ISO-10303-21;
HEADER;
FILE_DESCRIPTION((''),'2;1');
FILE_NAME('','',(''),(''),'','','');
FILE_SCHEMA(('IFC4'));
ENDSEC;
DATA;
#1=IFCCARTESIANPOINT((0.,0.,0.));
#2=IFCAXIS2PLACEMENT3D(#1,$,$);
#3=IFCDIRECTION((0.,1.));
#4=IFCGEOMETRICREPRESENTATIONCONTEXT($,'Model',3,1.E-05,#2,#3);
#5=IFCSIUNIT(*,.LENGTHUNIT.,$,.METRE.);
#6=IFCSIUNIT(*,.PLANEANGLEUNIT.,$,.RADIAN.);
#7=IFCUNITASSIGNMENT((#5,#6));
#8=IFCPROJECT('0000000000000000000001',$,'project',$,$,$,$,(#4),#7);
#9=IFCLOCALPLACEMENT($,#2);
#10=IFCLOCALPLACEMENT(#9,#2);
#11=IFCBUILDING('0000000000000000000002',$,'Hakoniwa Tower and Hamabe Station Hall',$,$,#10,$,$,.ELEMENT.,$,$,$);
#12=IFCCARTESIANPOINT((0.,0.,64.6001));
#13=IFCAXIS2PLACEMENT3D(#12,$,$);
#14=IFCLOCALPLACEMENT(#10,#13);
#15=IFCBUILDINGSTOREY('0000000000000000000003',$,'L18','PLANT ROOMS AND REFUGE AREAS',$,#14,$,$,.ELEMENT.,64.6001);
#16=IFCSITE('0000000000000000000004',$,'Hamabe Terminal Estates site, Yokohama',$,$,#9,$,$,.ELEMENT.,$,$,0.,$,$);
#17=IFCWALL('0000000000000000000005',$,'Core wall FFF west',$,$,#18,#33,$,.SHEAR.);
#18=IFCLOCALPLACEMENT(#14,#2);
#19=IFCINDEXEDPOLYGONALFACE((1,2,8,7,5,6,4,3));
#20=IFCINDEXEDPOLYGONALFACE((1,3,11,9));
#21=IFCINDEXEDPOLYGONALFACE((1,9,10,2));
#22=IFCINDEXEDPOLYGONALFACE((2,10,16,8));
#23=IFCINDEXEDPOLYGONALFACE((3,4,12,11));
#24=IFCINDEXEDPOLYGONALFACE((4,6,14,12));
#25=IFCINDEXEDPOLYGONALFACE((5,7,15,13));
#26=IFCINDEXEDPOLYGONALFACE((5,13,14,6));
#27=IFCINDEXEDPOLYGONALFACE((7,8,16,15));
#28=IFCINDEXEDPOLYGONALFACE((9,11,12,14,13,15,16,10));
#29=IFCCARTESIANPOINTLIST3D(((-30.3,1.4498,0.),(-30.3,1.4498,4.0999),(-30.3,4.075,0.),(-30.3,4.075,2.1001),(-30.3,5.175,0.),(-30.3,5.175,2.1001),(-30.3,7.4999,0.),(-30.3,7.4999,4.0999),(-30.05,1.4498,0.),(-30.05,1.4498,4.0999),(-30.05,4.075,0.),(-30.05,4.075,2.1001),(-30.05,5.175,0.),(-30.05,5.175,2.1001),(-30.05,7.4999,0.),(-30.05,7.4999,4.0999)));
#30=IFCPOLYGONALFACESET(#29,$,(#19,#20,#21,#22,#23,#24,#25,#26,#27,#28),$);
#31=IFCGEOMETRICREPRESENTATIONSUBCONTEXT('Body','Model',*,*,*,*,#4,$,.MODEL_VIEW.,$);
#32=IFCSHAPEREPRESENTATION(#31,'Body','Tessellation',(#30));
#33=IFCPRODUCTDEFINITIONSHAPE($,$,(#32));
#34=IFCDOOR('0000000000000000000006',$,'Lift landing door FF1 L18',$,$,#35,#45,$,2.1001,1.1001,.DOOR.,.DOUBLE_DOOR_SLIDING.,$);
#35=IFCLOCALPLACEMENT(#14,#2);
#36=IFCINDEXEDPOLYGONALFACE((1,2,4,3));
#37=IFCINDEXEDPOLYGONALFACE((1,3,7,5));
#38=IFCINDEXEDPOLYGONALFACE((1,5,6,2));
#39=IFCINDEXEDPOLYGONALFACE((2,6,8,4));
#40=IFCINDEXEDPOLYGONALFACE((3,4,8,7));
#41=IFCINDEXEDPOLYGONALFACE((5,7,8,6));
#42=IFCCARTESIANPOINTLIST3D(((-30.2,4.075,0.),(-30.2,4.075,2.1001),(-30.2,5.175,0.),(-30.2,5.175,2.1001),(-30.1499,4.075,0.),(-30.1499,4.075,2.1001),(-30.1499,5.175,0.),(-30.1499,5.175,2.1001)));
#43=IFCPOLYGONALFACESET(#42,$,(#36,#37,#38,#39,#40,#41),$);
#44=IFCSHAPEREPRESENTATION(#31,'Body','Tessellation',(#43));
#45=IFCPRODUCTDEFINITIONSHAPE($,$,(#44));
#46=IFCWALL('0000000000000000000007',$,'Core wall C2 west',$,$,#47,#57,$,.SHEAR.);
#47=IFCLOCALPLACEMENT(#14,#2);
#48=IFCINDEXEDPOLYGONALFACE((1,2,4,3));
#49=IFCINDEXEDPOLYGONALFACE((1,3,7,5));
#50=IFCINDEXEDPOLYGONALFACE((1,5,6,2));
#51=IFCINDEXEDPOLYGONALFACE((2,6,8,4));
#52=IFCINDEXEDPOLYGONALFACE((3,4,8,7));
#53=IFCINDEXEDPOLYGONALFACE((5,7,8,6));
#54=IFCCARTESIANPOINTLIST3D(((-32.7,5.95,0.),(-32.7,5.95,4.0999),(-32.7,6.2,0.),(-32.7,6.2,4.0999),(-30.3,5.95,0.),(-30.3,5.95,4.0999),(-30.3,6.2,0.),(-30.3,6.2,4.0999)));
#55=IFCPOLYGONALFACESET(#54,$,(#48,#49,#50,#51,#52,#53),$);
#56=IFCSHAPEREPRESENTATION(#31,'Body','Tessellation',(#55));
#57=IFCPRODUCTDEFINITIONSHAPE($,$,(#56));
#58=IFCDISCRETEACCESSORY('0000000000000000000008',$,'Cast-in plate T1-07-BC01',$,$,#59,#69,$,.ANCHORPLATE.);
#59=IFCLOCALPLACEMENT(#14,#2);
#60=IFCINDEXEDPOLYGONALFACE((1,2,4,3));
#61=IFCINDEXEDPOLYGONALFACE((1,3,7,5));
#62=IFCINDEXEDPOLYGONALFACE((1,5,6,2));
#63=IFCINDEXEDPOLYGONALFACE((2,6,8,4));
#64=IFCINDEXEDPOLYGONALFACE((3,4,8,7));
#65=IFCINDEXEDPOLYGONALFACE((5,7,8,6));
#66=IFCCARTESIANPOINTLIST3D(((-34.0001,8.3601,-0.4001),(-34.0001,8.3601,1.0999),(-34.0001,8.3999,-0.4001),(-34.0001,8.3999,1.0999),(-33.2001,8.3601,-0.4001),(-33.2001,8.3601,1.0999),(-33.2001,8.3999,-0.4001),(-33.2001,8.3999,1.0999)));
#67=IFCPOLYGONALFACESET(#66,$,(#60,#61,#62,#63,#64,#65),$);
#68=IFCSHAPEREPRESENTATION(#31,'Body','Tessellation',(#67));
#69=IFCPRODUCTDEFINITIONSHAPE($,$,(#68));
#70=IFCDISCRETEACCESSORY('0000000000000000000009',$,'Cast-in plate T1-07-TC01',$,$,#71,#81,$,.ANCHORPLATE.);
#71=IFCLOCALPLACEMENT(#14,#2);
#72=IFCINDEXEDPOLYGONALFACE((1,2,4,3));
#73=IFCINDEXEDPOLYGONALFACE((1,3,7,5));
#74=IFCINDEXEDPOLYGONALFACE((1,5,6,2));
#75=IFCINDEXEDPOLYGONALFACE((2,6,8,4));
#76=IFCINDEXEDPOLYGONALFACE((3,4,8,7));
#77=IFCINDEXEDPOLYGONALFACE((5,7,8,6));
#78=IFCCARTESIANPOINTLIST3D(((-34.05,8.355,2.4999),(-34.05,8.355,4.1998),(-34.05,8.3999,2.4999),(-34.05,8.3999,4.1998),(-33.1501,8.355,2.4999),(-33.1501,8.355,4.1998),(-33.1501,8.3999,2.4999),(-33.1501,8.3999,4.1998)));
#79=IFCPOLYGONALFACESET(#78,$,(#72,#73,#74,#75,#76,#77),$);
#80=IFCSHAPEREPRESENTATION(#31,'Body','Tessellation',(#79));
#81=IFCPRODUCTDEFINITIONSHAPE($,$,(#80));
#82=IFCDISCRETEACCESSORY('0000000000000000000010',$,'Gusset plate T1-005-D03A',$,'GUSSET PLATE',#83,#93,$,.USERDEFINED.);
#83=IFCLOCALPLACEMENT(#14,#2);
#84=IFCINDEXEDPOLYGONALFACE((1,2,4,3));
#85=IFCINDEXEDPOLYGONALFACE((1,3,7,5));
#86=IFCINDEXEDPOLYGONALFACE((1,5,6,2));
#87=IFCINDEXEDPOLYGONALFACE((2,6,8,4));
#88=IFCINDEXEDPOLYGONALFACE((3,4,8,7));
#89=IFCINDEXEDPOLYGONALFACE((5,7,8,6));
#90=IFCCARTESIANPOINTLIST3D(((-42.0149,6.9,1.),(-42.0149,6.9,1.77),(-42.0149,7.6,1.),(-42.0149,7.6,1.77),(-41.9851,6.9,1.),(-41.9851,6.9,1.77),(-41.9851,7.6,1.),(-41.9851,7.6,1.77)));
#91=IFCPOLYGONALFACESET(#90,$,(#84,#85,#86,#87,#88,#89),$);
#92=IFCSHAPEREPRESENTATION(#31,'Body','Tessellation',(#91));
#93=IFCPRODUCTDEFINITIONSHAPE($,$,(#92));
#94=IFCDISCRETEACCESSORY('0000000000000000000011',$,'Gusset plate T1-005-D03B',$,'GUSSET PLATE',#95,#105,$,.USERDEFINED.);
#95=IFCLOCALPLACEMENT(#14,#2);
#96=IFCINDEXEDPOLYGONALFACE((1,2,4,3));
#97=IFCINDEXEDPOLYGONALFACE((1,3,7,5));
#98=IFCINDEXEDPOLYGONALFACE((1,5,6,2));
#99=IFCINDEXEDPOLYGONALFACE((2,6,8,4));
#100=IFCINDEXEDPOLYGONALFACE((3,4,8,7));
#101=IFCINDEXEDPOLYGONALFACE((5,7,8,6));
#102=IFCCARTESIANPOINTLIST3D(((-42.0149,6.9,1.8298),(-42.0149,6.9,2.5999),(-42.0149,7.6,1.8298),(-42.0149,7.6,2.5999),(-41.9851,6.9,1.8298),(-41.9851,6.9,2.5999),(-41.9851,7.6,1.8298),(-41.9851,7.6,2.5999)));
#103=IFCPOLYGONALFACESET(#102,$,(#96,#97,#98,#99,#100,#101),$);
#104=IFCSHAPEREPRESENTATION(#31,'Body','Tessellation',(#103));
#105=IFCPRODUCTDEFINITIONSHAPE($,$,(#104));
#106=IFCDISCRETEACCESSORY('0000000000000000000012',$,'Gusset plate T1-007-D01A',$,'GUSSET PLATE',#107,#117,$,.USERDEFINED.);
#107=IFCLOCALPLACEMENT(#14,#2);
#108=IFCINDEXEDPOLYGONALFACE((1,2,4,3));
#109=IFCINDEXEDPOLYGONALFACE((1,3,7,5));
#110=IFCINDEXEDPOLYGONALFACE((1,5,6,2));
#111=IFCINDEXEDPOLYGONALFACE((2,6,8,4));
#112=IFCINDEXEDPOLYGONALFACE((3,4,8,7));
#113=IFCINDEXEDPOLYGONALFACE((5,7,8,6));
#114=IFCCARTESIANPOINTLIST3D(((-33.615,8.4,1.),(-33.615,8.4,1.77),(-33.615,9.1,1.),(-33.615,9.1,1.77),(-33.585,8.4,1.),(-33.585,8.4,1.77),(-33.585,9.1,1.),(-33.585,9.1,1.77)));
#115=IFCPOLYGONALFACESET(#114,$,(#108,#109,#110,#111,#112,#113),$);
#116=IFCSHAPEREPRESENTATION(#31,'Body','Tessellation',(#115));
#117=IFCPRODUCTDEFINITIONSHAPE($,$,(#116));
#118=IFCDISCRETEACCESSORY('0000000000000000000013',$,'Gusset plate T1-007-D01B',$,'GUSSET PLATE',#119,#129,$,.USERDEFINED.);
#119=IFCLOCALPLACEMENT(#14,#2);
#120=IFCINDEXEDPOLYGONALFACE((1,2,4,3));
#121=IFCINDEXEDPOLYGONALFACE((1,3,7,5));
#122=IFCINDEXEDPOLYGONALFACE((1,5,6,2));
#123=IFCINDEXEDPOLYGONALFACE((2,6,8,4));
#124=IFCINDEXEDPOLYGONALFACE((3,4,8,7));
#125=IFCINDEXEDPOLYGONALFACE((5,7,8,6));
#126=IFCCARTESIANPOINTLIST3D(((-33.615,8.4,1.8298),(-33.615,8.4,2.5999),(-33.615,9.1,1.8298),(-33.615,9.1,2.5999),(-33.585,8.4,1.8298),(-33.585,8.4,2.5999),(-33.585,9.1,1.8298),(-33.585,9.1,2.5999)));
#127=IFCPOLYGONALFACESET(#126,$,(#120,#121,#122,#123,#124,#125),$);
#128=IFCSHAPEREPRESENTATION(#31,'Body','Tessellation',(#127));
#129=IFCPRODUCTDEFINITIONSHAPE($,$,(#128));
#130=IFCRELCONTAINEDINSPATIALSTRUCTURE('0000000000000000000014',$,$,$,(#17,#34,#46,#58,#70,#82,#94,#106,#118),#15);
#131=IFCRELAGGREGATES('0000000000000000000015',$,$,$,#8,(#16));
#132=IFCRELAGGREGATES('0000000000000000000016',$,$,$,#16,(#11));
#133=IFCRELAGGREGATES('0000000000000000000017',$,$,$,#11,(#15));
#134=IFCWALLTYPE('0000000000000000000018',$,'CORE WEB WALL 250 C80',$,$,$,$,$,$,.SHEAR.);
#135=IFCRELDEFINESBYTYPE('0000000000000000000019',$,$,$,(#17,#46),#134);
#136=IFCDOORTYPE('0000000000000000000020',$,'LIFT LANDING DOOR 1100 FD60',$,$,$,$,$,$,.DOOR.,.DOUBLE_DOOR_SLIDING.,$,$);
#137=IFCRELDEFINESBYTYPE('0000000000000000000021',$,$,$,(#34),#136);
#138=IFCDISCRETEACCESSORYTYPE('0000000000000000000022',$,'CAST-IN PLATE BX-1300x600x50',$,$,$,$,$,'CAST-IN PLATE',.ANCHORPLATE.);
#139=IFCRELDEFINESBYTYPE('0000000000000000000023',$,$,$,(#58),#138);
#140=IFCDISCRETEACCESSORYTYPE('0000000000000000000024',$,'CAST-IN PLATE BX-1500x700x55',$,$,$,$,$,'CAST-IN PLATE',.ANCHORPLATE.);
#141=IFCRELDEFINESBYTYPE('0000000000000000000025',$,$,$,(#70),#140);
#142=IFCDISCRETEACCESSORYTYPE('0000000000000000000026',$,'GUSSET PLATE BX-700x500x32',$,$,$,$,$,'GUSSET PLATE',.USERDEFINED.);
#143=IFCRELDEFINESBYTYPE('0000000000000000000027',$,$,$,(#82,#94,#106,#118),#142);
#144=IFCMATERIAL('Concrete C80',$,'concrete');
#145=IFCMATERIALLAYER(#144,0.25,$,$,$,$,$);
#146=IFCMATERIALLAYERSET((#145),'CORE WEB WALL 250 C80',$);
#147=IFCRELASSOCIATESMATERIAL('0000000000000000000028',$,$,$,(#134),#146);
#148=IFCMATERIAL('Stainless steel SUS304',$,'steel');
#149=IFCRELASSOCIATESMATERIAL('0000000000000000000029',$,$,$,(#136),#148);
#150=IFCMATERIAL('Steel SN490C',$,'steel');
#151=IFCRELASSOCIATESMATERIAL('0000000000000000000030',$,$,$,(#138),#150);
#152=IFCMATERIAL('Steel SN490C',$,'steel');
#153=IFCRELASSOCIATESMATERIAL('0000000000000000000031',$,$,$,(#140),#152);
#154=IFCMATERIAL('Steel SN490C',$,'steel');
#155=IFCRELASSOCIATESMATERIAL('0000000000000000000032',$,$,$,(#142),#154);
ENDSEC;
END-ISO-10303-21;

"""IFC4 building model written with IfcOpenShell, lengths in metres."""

from ifc_helpers import new_model, si_unit, direction, frame, frame_2d, origin, origin_2d, place, context, subcontext, project, spatial, rectangle, extrude, material, layer, layer_set, material_profile, profile_set, type_object, element, fill, save


model = new_model("IFC4")

# Units and contexts
model_context = context("Model", 3, precision=1e-05, world=origin(), true_north=direction((0.0, 1.0)))
body_context = subcontext(model_context, "Body", "Model", "MODEL_VIEW")
ifc_project = project(units=[si_unit("LENGTHUNIT", "METRE"), si_unit("PLANEANGLEUNIT", "RADIAN")], contexts=[model_context])

# Site, building, storey
site_placement = place(None, origin())
site = spatial("IfcSite", under=ifc_project, at=site_placement, Name="Hamabe Terminal Estates site, Yokohama", CompositionType="ELEMENT", RefElevation=0.0)
building_placement = place(site_placement, origin())
building = spatial("IfcBuilding", under=site, at=building_placement, Name="Hakoniwa Tower and Hamabe Station Hall", CompositionType="ELEMENT")
storey_placement = place(building_placement, frame((0.0, 0.0, 64.6001)))
storey = spatial("IfcBuildingStorey", under=building, at=storey_placement, Name="L18", Description="PLANT ROOMS AND REFUGE AREAS", CompositionType="ELEMENT", Elevation=64.6001)

# Shared definitions
ifc_material_1 = material(Name="Concrete C80", Category="concrete")
ifc_layer_1 = layer(ifc_material_1, 0.25)
ifc_layer_set_1 = layer_set([ifc_layer_1], Name="CORE WEB WALL 250 C80")
wall_type_1 = type_object("IfcWallType", Name="CORE WEB WALL 250 C80", PredefinedType="SHEAR", material=ifc_layer_set_1)
ifc_material_2 = material(Name="Stainless steel SUS304", Category="steel")
door_type_1 = type_object("IfcDoorType", Name="LIFT LANDING DOOR 1100 FD60", OperationType="DOUBLE_DOOR_SLIDING", PredefinedType="DOOR", material=ifc_material_2)

# Wall, opening, door
wall_1_placement = place(storey_placement, frame((-30.175, 1.45, 0.0), z_axis=(0.0, 0.0, 1.0), x_axis=(0.0, 1.0, 0.0)))
wall_1 = element("IfcWall", 1, at=wall_1_placement, inside=storey, type_object=wall_type_1, Name="Core wall FFF west", PredefinedType="SHEAR", context=body_context, shape_type="SweptSolid", body=[
    extrude(rectangle(XDim=6.05, YDim=0.25, at=frame_2d((3.0249, 0.0))), origin(), (0.0, 0.0, 1.0), 4.0999),
])
opening_1_placement = place(wall_1_placement, frame((2.625, 0.0, 0.0)))
opening_1 = element("IfcOpeningElement", 2, at=opening_1_placement, cuts=wall_1, PredefinedType="OPENING", context=body_context, shape_type="SweptSolid", body=[
    extrude(rectangle(XDim=1.1001, YDim=2.1001, at=frame_2d((0.55, 1.05))), frame((0.0, 0.135, 0.0), z_axis=(0.0, -1.0, 0.0), x_axis=(1.0, 0.0, 0.0)), (0.0, 0.0, 1.0), 0.27),
])
door_1_placement = place(opening_1_placement, origin())
door_1 = element("IfcDoor", 3, at=door_1_placement, inside=storey, type_object=door_type_1, Name="Lift landing door FF1 L18", OperationType="DOUBLE_DOOR_SLIDING", OverallHeight=2.1001, OverallWidth=1.1001, PredefinedType="DOOR", context=body_context, shape_type="SweptSolid", body=[
    extrude(rectangle(XDim=1.1001, YDim=2.1001, at=frame_2d((0.55, 1.05))), frame((0.0, 0.0249, 0.0), z_axis=(0.0, -1.0, 0.0), x_axis=(1.0, 0.0, 0.0)), (0.0, 0.0, 1.0), 0.05),
])
fill(opening_1, door_1)

# Wall
wall_2_placement = place(storey_placement, frame((-32.7, 6.075, 0.0), z_axis=(0.0, 0.0, 1.0), x_axis=(1.0, 0.0, 0.0)))
element("IfcWall", 4, at=wall_2_placement, inside=storey, type_object=wall_type_1, Name="Core wall C2 west", PredefinedType="SHEAR", context=body_context, shape_type="SweptSolid", body=[
    extrude(rectangle(XDim=2.3999, YDim=0.25, at=frame_2d((1.2, 0.0))), origin(), (0.0, 0.0, 1.0), 4.0999),
])

# Discrete accessories
ifc_material_3 = material(Name="Steel SN490C", Category="steel")
ifc_material_profile_1 = material_profile(ifc_material_3, rectangle(XDim=0.8, YDim=1.5, at=origin_2d()), Name="CAST-IN PLATE BX-1300x600x50")
ifc_profile_set_1 = profile_set([ifc_material_profile_1], Name="Steel SN490C")
discrete_accessory_type_1 = type_object("IfcDiscreteAccessoryType", Name="CAST-IN PLATE BX-1300x600x50", ElementType="CAST-IN PLATE", PredefinedType="ANCHORPLATE", material=ifc_profile_set_1)
discrete_accessory_1_placement = place(storey_placement, frame((-33.6001, 8.3601, 0.3499), z_axis=(0.0, 1.0, 0.0), x_axis=(-1.0, 0.0, 0.0)))
element("IfcDiscreteAccessory", 5, at=discrete_accessory_1_placement, inside=storey, type_object=discrete_accessory_type_1, Name="Cast-in plate T1-07-BC01", PredefinedType="ANCHORPLATE", context=body_context, shape_type="SweptSolid", body=[
    extrude(rectangle(XDim=0.8, YDim=1.5, at=origin_2d()), origin(), (0.0, 0.0, 1.0), 0.0398),
])
ifc_material_4 = material(Name="Steel SN490C", Category="steel")
ifc_material_profile_2 = material_profile(ifc_material_4, rectangle(XDim=0.8999, YDim=1.7, at=origin_2d()), Name="CAST-IN PLATE BX-1500x700x55")
ifc_profile_set_2 = profile_set([ifc_material_profile_2], Name="Steel SN490C")
discrete_accessory_type_2 = type_object("IfcDiscreteAccessoryType", Name="CAST-IN PLATE BX-1500x700x55", ElementType="CAST-IN PLATE", PredefinedType="ANCHORPLATE", material=ifc_profile_set_2)
discrete_accessory_2_placement = place(storey_placement, frame((-33.6001, 8.355, 3.3499), z_axis=(0.0, 1.0, 0.0), x_axis=(-1.0, 0.0, 0.0)))
element("IfcDiscreteAccessory", 6, at=discrete_accessory_2_placement, inside=storey, type_object=discrete_accessory_type_2, Name="Cast-in plate T1-07-TC01", PredefinedType="ANCHORPLATE", context=body_context, shape_type="SweptSolid", body=[
    extrude(rectangle(XDim=0.8999, YDim=1.7, at=origin_2d()), origin(), (0.0, 0.0, 1.0), 0.0449),
])
ifc_material_5 = material(Name="Steel SN490C", Category="steel")
ifc_material_profile_3 = material_profile(ifc_material_5, rectangle(XDim=0.7, YDim=0.77, at=origin_2d()), Name="GUSSET PLATE BX-700x500x32")
ifc_profile_set_3 = profile_set([ifc_material_profile_3], Name="Steel SN490C")
discrete_accessory_type_3 = type_object("IfcDiscreteAccessoryType", Name="GUSSET PLATE BX-700x500x32", ElementType="GUSSET PLATE", PredefinedType="USERDEFINED", material=ifc_profile_set_3)
for number, where, z_axis, x_axis, name in (
    (7, (-41.9851, 7.25, 1.385), (-1.0, 0.0, 0.0), (0.0, -1.0, 0.0), "Gusset plate T1-005-D03A"),
    (8, (-41.9851, 7.25, 2.2148), (-1.0, 0.0, 0.0), (0.0, -1.0, 0.0), "Gusset plate T1-005-D03B"),
):
    element("IfcDiscreteAccessory", number, at=place(storey_placement, frame(where, z_axis=z_axis, x_axis=x_axis)), inside=storey, type_object=discrete_accessory_type_3, Name=name, ObjectType="GUSSET PLATE", PredefinedType="USERDEFINED", context=body_context, shape_type="SweptSolid", body=[
        extrude(rectangle(XDim=0.7, YDim=0.77, at=origin_2d()), origin(), (0.0, 0.0, 1.0), 0.0298),
    ])
for number, where, z_axis, x_axis, name in (
    (9, (-33.585, 8.75, 1.385), (-1.0, 0.0, 0.0), (0.0, -1.0, 0.0), "Gusset plate T1-007-D01A"),
    (10, (-33.585, 8.75, 2.2148), (-1.0, 0.0, 0.0), (0.0, -1.0, 0.0), "Gusset plate T1-007-D01B"),
):
    element("IfcDiscreteAccessory", number, at=place(storey_placement, frame(where, z_axis=z_axis, x_axis=x_axis)), inside=storey, type_object=discrete_accessory_type_3, Name=name, ObjectType="GUSSET PLATE", PredefinedType="USERDEFINED", context=body_context, shape_type="SweptSolid", body=[
        extrude(rectangle(XDim=0.7, YDim=0.77, at=origin_2d()), origin(), (0.0, 0.0, 1.0), 0.03),
    ])

save(model, "model.ifc")
